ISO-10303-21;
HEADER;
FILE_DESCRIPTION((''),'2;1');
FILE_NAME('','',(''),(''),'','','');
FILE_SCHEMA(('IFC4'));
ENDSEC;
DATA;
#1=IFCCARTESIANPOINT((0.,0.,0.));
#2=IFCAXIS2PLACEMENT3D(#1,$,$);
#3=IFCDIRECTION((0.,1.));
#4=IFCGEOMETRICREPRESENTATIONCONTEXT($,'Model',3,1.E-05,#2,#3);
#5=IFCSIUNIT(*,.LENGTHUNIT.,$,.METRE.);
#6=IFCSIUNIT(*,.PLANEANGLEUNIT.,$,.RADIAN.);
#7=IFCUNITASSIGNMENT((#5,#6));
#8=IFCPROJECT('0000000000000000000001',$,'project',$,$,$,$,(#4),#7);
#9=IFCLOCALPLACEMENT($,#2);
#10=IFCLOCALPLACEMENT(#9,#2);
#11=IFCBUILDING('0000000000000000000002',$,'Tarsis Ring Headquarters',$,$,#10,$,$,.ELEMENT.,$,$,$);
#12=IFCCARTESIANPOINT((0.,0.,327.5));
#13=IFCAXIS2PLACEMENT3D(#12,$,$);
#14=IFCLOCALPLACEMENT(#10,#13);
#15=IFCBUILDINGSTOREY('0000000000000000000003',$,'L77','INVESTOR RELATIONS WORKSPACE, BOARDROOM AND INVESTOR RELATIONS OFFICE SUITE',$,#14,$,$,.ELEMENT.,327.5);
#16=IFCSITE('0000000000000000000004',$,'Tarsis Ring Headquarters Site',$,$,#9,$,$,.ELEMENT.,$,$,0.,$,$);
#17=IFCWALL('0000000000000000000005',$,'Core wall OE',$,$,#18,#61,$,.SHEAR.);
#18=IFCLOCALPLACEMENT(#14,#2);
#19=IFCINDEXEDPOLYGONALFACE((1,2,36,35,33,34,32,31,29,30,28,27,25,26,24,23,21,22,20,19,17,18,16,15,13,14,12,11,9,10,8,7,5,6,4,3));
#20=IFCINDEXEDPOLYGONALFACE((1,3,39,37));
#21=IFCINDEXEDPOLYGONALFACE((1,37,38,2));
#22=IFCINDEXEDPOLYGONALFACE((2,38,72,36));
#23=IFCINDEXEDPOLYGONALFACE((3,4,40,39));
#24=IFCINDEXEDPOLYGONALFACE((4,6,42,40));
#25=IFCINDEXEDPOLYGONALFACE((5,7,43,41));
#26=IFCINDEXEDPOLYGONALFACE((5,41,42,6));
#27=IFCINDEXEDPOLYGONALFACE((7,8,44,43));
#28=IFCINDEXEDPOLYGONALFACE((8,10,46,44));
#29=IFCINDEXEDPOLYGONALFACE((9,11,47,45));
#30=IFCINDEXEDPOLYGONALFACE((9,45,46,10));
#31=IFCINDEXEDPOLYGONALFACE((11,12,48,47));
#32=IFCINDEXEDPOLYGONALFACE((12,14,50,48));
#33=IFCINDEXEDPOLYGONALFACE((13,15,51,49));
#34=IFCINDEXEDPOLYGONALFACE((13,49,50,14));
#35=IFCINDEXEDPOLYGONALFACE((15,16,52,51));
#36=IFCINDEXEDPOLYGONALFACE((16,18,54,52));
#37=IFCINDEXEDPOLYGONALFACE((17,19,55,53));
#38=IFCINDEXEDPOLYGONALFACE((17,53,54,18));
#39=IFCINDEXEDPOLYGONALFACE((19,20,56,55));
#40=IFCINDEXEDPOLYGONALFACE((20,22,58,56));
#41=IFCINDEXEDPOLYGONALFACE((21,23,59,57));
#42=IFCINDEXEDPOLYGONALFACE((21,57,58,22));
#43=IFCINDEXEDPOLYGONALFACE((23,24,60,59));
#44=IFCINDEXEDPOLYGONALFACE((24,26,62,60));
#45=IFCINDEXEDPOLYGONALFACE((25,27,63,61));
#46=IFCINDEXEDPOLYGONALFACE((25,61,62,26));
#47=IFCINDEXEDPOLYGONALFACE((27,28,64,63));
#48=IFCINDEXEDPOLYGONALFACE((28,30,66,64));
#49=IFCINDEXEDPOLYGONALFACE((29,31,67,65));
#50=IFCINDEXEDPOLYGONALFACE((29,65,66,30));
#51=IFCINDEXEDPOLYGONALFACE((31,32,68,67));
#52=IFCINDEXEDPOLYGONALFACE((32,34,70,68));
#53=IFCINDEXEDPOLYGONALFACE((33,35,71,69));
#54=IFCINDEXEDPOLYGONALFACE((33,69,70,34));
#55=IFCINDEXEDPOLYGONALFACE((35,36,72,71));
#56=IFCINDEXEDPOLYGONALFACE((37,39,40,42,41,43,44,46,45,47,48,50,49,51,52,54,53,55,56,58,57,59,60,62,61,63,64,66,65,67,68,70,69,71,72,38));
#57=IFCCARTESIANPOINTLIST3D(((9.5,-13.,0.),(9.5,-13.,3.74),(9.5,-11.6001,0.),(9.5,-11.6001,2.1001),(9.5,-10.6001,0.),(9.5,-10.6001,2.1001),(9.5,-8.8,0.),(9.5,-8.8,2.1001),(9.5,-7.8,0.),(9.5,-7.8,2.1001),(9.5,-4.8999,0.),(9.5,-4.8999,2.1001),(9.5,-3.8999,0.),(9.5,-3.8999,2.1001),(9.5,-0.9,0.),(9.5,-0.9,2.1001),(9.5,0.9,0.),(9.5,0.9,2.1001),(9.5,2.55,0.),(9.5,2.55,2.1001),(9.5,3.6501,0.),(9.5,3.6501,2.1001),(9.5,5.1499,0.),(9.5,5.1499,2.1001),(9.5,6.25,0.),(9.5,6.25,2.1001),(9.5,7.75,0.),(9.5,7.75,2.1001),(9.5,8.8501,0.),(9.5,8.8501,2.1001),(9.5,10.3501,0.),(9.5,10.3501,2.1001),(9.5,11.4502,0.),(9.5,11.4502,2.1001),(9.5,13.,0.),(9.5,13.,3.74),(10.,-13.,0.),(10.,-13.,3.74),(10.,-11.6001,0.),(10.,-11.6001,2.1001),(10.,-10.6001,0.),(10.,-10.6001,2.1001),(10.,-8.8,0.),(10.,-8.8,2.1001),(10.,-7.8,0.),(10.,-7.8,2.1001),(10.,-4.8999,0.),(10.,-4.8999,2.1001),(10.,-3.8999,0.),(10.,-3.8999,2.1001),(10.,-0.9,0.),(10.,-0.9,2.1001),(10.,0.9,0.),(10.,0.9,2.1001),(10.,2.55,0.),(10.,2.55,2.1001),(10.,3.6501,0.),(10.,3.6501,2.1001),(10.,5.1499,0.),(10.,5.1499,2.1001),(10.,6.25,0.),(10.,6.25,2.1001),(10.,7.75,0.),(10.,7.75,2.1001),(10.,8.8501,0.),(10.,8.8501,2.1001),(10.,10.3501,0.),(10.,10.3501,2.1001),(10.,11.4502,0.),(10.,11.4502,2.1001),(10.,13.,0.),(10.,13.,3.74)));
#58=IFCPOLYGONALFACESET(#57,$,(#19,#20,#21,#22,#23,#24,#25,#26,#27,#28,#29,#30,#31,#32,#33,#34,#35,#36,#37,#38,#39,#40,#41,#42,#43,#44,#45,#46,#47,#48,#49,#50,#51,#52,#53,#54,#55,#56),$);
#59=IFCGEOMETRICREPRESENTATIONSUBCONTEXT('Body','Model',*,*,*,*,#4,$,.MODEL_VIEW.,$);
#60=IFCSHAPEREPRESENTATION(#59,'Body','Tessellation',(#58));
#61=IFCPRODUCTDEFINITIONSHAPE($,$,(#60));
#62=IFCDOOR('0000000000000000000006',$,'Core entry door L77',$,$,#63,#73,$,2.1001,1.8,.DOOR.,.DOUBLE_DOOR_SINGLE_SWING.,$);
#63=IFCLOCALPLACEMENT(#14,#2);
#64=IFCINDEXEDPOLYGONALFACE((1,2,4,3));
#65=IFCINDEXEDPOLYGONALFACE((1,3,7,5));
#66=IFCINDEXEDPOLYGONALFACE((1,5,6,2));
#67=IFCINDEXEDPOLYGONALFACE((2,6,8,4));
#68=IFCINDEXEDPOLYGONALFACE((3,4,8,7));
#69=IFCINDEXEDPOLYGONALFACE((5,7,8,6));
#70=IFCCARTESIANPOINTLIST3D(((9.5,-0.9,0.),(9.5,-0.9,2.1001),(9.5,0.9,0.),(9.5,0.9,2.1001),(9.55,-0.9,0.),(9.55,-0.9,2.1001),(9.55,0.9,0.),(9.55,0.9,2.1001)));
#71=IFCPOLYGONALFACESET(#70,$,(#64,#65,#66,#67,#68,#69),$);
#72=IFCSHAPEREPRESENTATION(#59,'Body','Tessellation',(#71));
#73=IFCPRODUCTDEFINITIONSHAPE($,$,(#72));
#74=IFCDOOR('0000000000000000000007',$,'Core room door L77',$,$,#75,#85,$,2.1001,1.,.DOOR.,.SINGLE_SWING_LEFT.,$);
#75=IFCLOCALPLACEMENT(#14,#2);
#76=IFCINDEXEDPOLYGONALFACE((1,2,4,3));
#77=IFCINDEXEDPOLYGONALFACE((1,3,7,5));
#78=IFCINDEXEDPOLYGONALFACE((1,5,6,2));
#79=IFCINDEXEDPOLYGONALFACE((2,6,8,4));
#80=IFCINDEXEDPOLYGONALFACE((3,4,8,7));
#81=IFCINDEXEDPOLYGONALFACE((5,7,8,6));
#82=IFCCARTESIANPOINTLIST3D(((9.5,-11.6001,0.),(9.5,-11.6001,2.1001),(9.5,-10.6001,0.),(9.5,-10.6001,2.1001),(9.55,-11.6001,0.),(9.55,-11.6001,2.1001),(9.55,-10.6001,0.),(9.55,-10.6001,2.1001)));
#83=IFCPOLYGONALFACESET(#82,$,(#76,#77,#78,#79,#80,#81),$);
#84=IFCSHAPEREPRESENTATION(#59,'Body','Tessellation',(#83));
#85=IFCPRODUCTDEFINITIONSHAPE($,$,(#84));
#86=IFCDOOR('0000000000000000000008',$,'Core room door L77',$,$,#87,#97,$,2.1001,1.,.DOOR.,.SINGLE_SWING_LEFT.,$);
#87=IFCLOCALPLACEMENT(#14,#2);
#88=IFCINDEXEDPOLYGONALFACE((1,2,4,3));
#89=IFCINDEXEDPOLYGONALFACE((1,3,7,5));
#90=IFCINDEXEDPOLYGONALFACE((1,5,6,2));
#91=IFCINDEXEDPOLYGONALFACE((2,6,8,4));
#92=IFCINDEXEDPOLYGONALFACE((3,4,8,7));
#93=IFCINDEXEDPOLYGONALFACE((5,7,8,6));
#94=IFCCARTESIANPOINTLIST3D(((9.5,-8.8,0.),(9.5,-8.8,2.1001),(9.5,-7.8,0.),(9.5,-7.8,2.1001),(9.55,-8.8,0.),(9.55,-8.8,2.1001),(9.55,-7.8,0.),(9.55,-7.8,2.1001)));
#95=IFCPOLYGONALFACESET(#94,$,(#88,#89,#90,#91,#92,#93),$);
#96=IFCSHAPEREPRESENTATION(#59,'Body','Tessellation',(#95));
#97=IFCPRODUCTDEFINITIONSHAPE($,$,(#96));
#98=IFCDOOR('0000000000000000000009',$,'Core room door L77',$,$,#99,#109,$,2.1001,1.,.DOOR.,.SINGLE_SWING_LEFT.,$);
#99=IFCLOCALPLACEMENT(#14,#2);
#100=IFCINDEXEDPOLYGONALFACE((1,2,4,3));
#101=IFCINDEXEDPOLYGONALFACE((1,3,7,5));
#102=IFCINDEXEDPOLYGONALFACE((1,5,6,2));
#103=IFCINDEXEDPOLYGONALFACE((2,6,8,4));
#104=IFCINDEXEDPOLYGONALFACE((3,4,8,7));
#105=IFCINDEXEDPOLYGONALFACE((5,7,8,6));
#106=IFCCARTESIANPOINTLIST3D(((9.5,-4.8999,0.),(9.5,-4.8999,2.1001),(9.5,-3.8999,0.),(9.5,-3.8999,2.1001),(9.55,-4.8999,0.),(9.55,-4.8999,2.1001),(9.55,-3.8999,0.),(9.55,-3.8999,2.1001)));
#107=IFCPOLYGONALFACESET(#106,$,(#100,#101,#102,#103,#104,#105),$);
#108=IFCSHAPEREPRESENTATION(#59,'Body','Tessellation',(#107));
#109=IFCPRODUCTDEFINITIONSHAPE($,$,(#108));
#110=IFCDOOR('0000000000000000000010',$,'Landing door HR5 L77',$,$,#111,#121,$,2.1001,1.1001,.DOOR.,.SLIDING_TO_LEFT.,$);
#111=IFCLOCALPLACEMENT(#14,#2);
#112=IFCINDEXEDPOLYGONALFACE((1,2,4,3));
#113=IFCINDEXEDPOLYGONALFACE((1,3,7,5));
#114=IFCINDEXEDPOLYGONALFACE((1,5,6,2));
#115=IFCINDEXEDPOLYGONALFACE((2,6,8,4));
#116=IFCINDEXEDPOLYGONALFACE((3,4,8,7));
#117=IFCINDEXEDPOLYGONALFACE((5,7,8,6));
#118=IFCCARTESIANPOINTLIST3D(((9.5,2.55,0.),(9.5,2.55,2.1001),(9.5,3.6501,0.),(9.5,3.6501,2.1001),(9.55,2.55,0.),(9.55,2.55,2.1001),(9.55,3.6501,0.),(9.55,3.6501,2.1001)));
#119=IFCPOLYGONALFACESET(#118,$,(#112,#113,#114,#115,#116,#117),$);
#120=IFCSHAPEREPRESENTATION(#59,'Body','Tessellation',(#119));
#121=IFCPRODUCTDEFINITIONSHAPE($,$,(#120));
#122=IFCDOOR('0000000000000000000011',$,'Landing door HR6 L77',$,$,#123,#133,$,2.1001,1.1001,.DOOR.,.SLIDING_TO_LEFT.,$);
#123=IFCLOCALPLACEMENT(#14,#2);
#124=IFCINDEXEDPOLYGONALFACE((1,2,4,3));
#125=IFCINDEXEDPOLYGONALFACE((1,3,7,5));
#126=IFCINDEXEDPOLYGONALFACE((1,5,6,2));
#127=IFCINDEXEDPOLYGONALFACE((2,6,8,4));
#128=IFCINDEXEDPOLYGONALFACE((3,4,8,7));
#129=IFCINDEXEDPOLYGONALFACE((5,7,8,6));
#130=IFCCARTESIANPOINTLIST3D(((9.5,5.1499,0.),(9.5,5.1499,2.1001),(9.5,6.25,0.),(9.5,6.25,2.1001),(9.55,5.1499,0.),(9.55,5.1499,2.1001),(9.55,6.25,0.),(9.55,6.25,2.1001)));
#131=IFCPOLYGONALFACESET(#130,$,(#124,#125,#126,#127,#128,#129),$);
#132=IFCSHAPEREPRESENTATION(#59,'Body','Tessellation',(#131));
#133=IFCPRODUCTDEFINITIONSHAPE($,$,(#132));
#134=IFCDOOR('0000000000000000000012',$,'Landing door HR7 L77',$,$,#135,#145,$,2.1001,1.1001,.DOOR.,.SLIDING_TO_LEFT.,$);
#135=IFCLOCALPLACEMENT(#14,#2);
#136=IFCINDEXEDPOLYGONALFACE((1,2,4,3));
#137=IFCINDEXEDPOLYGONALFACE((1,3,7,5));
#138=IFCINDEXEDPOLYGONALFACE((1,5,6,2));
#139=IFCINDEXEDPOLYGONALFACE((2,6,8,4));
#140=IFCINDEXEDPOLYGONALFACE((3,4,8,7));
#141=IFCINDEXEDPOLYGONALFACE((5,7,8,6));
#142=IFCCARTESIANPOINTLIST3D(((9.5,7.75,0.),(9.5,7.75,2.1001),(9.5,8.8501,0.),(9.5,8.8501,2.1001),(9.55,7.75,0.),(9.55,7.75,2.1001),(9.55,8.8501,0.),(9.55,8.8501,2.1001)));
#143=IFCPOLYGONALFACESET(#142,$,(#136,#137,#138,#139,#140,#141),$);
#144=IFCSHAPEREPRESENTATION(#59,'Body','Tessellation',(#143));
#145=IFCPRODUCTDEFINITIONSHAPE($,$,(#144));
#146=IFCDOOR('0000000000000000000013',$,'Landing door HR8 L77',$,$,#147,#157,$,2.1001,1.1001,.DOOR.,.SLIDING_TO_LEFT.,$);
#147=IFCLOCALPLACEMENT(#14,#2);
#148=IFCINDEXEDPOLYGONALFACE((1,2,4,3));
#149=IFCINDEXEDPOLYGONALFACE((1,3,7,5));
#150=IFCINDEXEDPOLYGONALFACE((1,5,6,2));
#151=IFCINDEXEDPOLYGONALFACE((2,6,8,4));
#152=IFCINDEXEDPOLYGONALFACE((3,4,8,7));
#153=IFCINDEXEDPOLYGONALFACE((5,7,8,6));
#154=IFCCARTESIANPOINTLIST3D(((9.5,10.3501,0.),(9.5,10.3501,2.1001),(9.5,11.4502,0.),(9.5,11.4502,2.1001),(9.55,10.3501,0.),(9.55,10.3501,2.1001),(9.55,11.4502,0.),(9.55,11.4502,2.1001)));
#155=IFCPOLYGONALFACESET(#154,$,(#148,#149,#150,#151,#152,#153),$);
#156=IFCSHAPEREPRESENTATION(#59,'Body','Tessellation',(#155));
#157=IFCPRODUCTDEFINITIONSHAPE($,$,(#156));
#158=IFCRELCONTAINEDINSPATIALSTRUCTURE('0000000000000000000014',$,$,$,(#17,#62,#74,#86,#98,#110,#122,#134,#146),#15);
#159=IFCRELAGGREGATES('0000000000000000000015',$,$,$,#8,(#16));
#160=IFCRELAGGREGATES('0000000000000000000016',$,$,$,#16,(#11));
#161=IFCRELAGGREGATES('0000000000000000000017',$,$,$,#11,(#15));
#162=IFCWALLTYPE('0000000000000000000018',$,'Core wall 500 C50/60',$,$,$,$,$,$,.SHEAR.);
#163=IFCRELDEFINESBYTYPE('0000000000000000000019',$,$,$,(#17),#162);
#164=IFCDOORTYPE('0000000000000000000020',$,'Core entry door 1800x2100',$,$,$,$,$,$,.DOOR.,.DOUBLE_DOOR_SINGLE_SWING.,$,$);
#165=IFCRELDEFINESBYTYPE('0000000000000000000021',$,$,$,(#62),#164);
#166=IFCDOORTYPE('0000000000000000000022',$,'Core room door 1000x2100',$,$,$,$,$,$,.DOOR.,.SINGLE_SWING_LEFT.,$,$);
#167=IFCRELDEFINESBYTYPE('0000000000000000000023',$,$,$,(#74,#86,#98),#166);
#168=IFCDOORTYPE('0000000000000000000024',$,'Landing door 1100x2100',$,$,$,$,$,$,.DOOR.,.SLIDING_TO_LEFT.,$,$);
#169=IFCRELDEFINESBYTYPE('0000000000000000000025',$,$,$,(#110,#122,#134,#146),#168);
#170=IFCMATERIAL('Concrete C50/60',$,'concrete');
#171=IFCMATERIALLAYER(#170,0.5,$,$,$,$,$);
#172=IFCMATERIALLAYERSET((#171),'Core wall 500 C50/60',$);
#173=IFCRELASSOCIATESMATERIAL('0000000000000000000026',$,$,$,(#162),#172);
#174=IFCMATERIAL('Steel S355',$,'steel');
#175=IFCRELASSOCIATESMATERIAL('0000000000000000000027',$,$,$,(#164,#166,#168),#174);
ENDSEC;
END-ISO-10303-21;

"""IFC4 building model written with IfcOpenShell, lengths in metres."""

from ifc_helpers import new_model, si_unit, direction, frame, frame_2d, origin, place, context, subcontext, project, spatial, rectangle, extrude, material, layer, layer_set, type_object, element, fill, save


model = new_model("IFC4")

# Units and contexts
model_context = context("Model", 3, precision=1e-05, world=origin(), true_north=direction((0.0, 1.0)))
body_context = subcontext(model_context, "Body", "Model", "MODEL_VIEW")
ifc_project = project(units=[si_unit("LENGTHUNIT", "METRE"), si_unit("PLANEANGLEUNIT", "RADIAN")], contexts=[model_context])

# Site, building, storey
site_placement = place(None, origin())
site = spatial("IfcSite", under=ifc_project, at=site_placement, Name="Tarsis Ring Headquarters Site", CompositionType="ELEMENT", RefElevation=0.0)
building_placement = place(site_placement, origin())
building = spatial("IfcBuilding", under=site, at=building_placement, Name="Tarsis Ring Headquarters", CompositionType="ELEMENT")
storey_placement = place(building_placement, frame((0.0, 0.0, 327.5)))
storey = spatial("IfcBuildingStorey", under=building, at=storey_placement, Name="L77", Description="INVESTOR RELATIONS WORKSPACE, BOARDROOM AND INVESTOR RELATIONS OFFICE SUITE", CompositionType="ELEMENT", Elevation=327.5)

# Wall, openings, doors
ifc_material_1 = material(Name="Concrete C50/60", Category="concrete")
ifc_layer_1 = layer(ifc_material_1, 0.5)
ifc_layer_set_1 = layer_set([ifc_layer_1], Name="Core wall 500 C50/60")
wall_type_1 = type_object("IfcWallType", Name="Core wall 500 C50/60", PredefinedType="SHEAR", material=ifc_layer_set_1)
wall_1_placement = place(storey_placement, frame((9.75, -13.0, 0.0), z_axis=(0.0, 0.0, 1.0), x_axis=(0.0, 1.0, 0.0)))
wall_1 = element("IfcWall", 1, at=wall_1_placement, inside=storey, type_object=wall_type_1, Name="Core wall OE", PredefinedType="SHEAR", context=body_context, shape_type="SweptSolid", body=[
    extrude(rectangle(XDim=26.0, YDim=0.5, at=frame_2d((13.0, 0.0))), origin(), (0.0, 0.0, 1.0), 3.74),
])
opening_1_placement = place(wall_1_placement, frame((1.3999, 0.0, 0.0)))
opening_1 = element("IfcOpeningElement", 2, at=opening_1_placement, cuts=wall_1, PredefinedType="OPENING", context=body_context, shape_type="SweptSolid", body=[
    extrude(rectangle(XDim=1.0, YDim=2.1001, at=frame_2d((0.5, 1.05))), frame((0.0, 0.26, 0.0), z_axis=(0.0, -1.0, 0.0), x_axis=(1.0, 0.0, 0.0)), (0.0, 0.0, 1.0), 0.52),
])
opening_2_placement = place(wall_1_placement, frame((4.2, 0.0, 0.0)))
opening_2 = element("IfcOpeningElement", 3, at=opening_2_placement, cuts=wall_1, PredefinedType="OPENING", context=body_context, shape_type="SweptSolid", body=[
    extrude(rectangle(XDim=1.0, YDim=2.1001, at=frame_2d((0.5, 1.05))), frame((0.0, 0.26, 0.0), z_axis=(0.0, -1.0, 0.0), x_axis=(1.0, 0.0, 0.0)), (0.0, 0.0, 1.0), 0.52),
])
opening_3_placement = place(wall_1_placement, frame((8.1001, 0.0, 0.0)))
opening_3 = element("IfcOpeningElement", 4, at=opening_3_placement, cuts=wall_1, PredefinedType="OPENING", context=body_context, shape_type="SweptSolid", body=[
    extrude(rectangle(XDim=1.0, YDim=2.1001, at=frame_2d((0.5, 1.05))), frame((0.0, 0.26, 0.0), z_axis=(0.0, -1.0, 0.0), x_axis=(1.0, 0.0, 0.0)), (0.0, 0.0, 1.0), 0.52),
])
opening_4_placement = place(wall_1_placement, frame((12.1001, 0.0, 0.0)))
opening_4 = element("IfcOpeningElement", 5, at=opening_4_placement, cuts=wall_1, PredefinedType="OPENING", context=body_context, shape_type="SweptSolid", body=[
    extrude(rectangle(XDim=1.8, YDim=2.1001, at=frame_2d((0.8999, 1.05))), frame((0.0, 0.26, 0.0), z_axis=(0.0, -1.0, 0.0), x_axis=(1.0, 0.0, 0.0)), (0.0, 0.0, 1.0), 0.52),
])
opening_5_placement = place(wall_1_placement, frame((15.55, 0.0, 0.0)))
opening_5 = element("IfcOpeningElement", 6, at=opening_5_placement, cuts=wall_1, PredefinedType="OPENING", context=body_context, shape_type="SweptSolid", body=[
    extrude(rectangle(XDim=1.1001, YDim=2.1001, at=frame_2d((0.55, 1.05))), frame((0.0, 0.26, 0.0), z_axis=(0.0, -1.0, 0.0), x_axis=(1.0, 0.0, 0.0)), (0.0, 0.0, 1.0), 0.52),
])
opening_6_placement = place(wall_1_placement, frame((18.1499, 0.0, 0.0)))
opening_6 = element("IfcOpeningElement", 7, at=opening_6_placement, cuts=wall_1, PredefinedType="OPENING", context=body_context, shape_type="SweptSolid", body=[
    extrude(rectangle(XDim=1.1001, YDim=2.1001, at=frame_2d((0.55, 1.05))), frame((0.0, 0.26, 0.0), z_axis=(0.0, -1.0, 0.0), x_axis=(1.0, 0.0, 0.0)), (0.0, 0.0, 1.0), 0.52),
])
opening_7_placement = place(wall_1_placement, frame((20.75, 0.0, 0.0)))
opening_7 = element("IfcOpeningElement", 8, at=opening_7_placement, cuts=wall_1, PredefinedType="OPENING", context=body_context, shape_type="SweptSolid", body=[
    extrude(rectangle(XDim=1.1001, YDim=2.1001, at=frame_2d((0.55, 1.05))), frame((0.0, 0.26, 0.0), z_axis=(0.0, -1.0, 0.0), x_axis=(1.0, 0.0, 0.0)), (0.0, 0.0, 1.0), 0.52),
])
opening_8_placement = place(wall_1_placement, frame((23.3501, 0.0, 0.0)))
opening_8 = element("IfcOpeningElement", 9, at=opening_8_placement, cuts=wall_1, PredefinedType="OPENING", context=body_context, shape_type="SweptSolid", body=[
    extrude(rectangle(XDim=1.1001, YDim=2.1001, at=frame_2d((0.55, 1.05))), frame((0.0, 0.26, 0.0), z_axis=(0.0, -1.0, 0.0), x_axis=(1.0, 0.0, 0.0)), (0.0, 0.0, 1.0), 0.52),
])
ifc_material_2 = material(Name="Steel S355", Category="steel")
door_type_1 = type_object("IfcDoorType", Name="Core entry door 1800x2100", OperationType="DOUBLE_DOOR_SINGLE_SWING", PredefinedType="DOOR", material=ifc_material_2)
door_1_placement = place(opening_4_placement, origin())
door_1 = element("IfcDoor", 10, at=door_1_placement, inside=storey, type_object=door_type_1, Name="Core entry door L77", OperationType="DOUBLE_DOOR_SINGLE_SWING", OverallHeight=2.1001, OverallWidth=1.8, PredefinedType="DOOR", context=body_context, shape_type="SweptSolid", body=[
    extrude(rectangle(XDim=1.8, YDim=2.1001, at=frame_2d((0.8999, 1.05))), frame((0.0, 0.25, 0.0), z_axis=(0.0, -1.0, 0.0), x_axis=(1.0, 0.0, 0.0)), (0.0, 0.0, 1.0), 0.05),
])
fill(opening_4, door_1)
door_type_2 = type_object("IfcDoorType", Name="Core room door 1000x2100", OperationType="SINGLE_SWING_LEFT", PredefinedType="DOOR", material=ifc_material_2)
door_2_placement = place(opening_1_placement, origin())
door_2 = element("IfcDoor", 11, at=door_2_placement, inside=storey, type_object=door_type_2, Name="Core room door L77", OperationType="SINGLE_SWING_LEFT", OverallHeight=2.1001, OverallWidth=1.0, PredefinedType="DOOR", context=body_context, shape_type="SweptSolid", body=[
    extrude(rectangle(XDim=1.0, YDim=2.1001, at=frame_2d((0.5, 1.05))), frame((0.0, 0.25, 0.0), z_axis=(0.0, -1.0, 0.0), x_axis=(1.0, 0.0, 0.0)), (0.0, 0.0, 1.0), 0.05),
])
fill(opening_1, door_2)
door_3_placement = place(opening_2_placement, origin())
door_3 = element("IfcDoor", 12, at=door_3_placement, inside=storey, type_object=door_type_2, Name="Core room door L77", OperationType="SINGLE_SWING_LEFT", OverallHeight=2.1001, OverallWidth=1.0, PredefinedType="DOOR", context=body_context, shape_type="SweptSolid", body=[
    extrude(rectangle(XDim=1.0, YDim=2.1001, at=frame_2d((0.5, 1.05))), frame((0.0, 0.25, 0.0), z_axis=(0.0, -1.0, 0.0), x_axis=(1.0, 0.0, 0.0)), (0.0, 0.0, 1.0), 0.05),
])
fill(opening_2, door_3)
door_4_placement = place(opening_3_placement, origin())
door_4 = element("IfcDoor", 13, at=door_4_placement, inside=storey, type_object=door_type_2, Name="Core room door L77", OperationType="SINGLE_SWING_LEFT", OverallHeight=2.1001, OverallWidth=1.0, PredefinedType="DOOR", context=body_context, shape_type="SweptSolid", body=[
    extrude(rectangle(XDim=1.0, YDim=2.1001, at=frame_2d((0.5, 1.05))), frame((0.0, 0.25, 0.0), z_axis=(0.0, -1.0, 0.0), x_axis=(1.0, 0.0, 0.0)), (0.0, 0.0, 1.0), 0.05),
])
fill(opening_3, door_4)
door_type_3 = type_object("IfcDoorType", Name="Landing door 1100x2100", OperationType="SLIDING_TO_LEFT", PredefinedType="DOOR", material=ifc_material_2)
door_5_placement = place(opening_5_placement, origin())
door_5 = element("IfcDoor", 14, at=door_5_placement, inside=storey, type_object=door_type_3, Name="Landing door HR5 L77", OperationType="SLIDING_TO_LEFT", OverallHeight=2.1001, OverallWidth=1.1001, PredefinedType="DOOR", context=body_context, shape_type="SweptSolid", body=[
    extrude(rectangle(XDim=1.1001, YDim=2.1001, at=frame_2d((0.55, 1.05))), frame((0.0, 0.25, 0.0), z_axis=(0.0, -1.0, 0.0), x_axis=(1.0, 0.0, 0.0)), (0.0, 0.0, 1.0), 0.05),
])
fill(opening_5, door_5)
door_6_placement = place(opening_6_placement, origin())
door_6 = element("IfcDoor", 15, at=door_6_placement, inside=storey, type_object=door_type_3, Name="Landing door HR6 L77", OperationType="SLIDING_TO_LEFT", OverallHeight=2.1001, OverallWidth=1.1001, PredefinedType="DOOR", context=body_context, shape_type="SweptSolid", body=[
    extrude(rectangle(XDim=1.1001, YDim=2.1001, at=frame_2d((0.55, 1.05))), frame((0.0, 0.25, 0.0), z_axis=(0.0, -1.0, 0.0), x_axis=(1.0, 0.0, 0.0)), (0.0, 0.0, 1.0), 0.05),
])
fill(opening_6, door_6)
door_7_placement = place(opening_7_placement, origin())
door_7 = element("IfcDoor", 16, at=door_7_placement, inside=storey, type_object=door_type_3, Name="Landing door HR7 L77", OperationType="SLIDING_TO_LEFT", OverallHeight=2.1001, OverallWidth=1.1001, PredefinedType="DOOR", context=body_context, shape_type="SweptSolid", body=[
    extrude(rectangle(XDim=1.1001, YDim=2.1001, at=frame_2d((0.55, 1.05))), frame((0.0, 0.25, 0.0), z_axis=(0.0, -1.0, 0.0), x_axis=(1.0, 0.0, 0.0)), (0.0, 0.0, 1.0), 0.05),
])
fill(opening_7, door_7)
door_8_placement = place(opening_8_placement, origin())
door_8 = element("IfcDoor", 17, at=door_8_placement, inside=storey, type_object=door_type_3, Name="Landing door HR8 L77", OperationType="SLIDING_TO_LEFT", OverallHeight=2.1001, OverallWidth=1.1001, PredefinedType="DOOR", context=body_context, shape_type="SweptSolid", body=[
    extrude(rectangle(XDim=1.1001, YDim=2.1001, at=frame_2d((0.55, 1.05))), frame((0.0, 0.25, 0.0), z_axis=(0.0, -1.0, 0.0), x_axis=(1.0, 0.0, 0.0)), (0.0, 0.0, 1.0), 0.05),
])
fill(opening_8, door_8)

save(model, "model.ifc")
